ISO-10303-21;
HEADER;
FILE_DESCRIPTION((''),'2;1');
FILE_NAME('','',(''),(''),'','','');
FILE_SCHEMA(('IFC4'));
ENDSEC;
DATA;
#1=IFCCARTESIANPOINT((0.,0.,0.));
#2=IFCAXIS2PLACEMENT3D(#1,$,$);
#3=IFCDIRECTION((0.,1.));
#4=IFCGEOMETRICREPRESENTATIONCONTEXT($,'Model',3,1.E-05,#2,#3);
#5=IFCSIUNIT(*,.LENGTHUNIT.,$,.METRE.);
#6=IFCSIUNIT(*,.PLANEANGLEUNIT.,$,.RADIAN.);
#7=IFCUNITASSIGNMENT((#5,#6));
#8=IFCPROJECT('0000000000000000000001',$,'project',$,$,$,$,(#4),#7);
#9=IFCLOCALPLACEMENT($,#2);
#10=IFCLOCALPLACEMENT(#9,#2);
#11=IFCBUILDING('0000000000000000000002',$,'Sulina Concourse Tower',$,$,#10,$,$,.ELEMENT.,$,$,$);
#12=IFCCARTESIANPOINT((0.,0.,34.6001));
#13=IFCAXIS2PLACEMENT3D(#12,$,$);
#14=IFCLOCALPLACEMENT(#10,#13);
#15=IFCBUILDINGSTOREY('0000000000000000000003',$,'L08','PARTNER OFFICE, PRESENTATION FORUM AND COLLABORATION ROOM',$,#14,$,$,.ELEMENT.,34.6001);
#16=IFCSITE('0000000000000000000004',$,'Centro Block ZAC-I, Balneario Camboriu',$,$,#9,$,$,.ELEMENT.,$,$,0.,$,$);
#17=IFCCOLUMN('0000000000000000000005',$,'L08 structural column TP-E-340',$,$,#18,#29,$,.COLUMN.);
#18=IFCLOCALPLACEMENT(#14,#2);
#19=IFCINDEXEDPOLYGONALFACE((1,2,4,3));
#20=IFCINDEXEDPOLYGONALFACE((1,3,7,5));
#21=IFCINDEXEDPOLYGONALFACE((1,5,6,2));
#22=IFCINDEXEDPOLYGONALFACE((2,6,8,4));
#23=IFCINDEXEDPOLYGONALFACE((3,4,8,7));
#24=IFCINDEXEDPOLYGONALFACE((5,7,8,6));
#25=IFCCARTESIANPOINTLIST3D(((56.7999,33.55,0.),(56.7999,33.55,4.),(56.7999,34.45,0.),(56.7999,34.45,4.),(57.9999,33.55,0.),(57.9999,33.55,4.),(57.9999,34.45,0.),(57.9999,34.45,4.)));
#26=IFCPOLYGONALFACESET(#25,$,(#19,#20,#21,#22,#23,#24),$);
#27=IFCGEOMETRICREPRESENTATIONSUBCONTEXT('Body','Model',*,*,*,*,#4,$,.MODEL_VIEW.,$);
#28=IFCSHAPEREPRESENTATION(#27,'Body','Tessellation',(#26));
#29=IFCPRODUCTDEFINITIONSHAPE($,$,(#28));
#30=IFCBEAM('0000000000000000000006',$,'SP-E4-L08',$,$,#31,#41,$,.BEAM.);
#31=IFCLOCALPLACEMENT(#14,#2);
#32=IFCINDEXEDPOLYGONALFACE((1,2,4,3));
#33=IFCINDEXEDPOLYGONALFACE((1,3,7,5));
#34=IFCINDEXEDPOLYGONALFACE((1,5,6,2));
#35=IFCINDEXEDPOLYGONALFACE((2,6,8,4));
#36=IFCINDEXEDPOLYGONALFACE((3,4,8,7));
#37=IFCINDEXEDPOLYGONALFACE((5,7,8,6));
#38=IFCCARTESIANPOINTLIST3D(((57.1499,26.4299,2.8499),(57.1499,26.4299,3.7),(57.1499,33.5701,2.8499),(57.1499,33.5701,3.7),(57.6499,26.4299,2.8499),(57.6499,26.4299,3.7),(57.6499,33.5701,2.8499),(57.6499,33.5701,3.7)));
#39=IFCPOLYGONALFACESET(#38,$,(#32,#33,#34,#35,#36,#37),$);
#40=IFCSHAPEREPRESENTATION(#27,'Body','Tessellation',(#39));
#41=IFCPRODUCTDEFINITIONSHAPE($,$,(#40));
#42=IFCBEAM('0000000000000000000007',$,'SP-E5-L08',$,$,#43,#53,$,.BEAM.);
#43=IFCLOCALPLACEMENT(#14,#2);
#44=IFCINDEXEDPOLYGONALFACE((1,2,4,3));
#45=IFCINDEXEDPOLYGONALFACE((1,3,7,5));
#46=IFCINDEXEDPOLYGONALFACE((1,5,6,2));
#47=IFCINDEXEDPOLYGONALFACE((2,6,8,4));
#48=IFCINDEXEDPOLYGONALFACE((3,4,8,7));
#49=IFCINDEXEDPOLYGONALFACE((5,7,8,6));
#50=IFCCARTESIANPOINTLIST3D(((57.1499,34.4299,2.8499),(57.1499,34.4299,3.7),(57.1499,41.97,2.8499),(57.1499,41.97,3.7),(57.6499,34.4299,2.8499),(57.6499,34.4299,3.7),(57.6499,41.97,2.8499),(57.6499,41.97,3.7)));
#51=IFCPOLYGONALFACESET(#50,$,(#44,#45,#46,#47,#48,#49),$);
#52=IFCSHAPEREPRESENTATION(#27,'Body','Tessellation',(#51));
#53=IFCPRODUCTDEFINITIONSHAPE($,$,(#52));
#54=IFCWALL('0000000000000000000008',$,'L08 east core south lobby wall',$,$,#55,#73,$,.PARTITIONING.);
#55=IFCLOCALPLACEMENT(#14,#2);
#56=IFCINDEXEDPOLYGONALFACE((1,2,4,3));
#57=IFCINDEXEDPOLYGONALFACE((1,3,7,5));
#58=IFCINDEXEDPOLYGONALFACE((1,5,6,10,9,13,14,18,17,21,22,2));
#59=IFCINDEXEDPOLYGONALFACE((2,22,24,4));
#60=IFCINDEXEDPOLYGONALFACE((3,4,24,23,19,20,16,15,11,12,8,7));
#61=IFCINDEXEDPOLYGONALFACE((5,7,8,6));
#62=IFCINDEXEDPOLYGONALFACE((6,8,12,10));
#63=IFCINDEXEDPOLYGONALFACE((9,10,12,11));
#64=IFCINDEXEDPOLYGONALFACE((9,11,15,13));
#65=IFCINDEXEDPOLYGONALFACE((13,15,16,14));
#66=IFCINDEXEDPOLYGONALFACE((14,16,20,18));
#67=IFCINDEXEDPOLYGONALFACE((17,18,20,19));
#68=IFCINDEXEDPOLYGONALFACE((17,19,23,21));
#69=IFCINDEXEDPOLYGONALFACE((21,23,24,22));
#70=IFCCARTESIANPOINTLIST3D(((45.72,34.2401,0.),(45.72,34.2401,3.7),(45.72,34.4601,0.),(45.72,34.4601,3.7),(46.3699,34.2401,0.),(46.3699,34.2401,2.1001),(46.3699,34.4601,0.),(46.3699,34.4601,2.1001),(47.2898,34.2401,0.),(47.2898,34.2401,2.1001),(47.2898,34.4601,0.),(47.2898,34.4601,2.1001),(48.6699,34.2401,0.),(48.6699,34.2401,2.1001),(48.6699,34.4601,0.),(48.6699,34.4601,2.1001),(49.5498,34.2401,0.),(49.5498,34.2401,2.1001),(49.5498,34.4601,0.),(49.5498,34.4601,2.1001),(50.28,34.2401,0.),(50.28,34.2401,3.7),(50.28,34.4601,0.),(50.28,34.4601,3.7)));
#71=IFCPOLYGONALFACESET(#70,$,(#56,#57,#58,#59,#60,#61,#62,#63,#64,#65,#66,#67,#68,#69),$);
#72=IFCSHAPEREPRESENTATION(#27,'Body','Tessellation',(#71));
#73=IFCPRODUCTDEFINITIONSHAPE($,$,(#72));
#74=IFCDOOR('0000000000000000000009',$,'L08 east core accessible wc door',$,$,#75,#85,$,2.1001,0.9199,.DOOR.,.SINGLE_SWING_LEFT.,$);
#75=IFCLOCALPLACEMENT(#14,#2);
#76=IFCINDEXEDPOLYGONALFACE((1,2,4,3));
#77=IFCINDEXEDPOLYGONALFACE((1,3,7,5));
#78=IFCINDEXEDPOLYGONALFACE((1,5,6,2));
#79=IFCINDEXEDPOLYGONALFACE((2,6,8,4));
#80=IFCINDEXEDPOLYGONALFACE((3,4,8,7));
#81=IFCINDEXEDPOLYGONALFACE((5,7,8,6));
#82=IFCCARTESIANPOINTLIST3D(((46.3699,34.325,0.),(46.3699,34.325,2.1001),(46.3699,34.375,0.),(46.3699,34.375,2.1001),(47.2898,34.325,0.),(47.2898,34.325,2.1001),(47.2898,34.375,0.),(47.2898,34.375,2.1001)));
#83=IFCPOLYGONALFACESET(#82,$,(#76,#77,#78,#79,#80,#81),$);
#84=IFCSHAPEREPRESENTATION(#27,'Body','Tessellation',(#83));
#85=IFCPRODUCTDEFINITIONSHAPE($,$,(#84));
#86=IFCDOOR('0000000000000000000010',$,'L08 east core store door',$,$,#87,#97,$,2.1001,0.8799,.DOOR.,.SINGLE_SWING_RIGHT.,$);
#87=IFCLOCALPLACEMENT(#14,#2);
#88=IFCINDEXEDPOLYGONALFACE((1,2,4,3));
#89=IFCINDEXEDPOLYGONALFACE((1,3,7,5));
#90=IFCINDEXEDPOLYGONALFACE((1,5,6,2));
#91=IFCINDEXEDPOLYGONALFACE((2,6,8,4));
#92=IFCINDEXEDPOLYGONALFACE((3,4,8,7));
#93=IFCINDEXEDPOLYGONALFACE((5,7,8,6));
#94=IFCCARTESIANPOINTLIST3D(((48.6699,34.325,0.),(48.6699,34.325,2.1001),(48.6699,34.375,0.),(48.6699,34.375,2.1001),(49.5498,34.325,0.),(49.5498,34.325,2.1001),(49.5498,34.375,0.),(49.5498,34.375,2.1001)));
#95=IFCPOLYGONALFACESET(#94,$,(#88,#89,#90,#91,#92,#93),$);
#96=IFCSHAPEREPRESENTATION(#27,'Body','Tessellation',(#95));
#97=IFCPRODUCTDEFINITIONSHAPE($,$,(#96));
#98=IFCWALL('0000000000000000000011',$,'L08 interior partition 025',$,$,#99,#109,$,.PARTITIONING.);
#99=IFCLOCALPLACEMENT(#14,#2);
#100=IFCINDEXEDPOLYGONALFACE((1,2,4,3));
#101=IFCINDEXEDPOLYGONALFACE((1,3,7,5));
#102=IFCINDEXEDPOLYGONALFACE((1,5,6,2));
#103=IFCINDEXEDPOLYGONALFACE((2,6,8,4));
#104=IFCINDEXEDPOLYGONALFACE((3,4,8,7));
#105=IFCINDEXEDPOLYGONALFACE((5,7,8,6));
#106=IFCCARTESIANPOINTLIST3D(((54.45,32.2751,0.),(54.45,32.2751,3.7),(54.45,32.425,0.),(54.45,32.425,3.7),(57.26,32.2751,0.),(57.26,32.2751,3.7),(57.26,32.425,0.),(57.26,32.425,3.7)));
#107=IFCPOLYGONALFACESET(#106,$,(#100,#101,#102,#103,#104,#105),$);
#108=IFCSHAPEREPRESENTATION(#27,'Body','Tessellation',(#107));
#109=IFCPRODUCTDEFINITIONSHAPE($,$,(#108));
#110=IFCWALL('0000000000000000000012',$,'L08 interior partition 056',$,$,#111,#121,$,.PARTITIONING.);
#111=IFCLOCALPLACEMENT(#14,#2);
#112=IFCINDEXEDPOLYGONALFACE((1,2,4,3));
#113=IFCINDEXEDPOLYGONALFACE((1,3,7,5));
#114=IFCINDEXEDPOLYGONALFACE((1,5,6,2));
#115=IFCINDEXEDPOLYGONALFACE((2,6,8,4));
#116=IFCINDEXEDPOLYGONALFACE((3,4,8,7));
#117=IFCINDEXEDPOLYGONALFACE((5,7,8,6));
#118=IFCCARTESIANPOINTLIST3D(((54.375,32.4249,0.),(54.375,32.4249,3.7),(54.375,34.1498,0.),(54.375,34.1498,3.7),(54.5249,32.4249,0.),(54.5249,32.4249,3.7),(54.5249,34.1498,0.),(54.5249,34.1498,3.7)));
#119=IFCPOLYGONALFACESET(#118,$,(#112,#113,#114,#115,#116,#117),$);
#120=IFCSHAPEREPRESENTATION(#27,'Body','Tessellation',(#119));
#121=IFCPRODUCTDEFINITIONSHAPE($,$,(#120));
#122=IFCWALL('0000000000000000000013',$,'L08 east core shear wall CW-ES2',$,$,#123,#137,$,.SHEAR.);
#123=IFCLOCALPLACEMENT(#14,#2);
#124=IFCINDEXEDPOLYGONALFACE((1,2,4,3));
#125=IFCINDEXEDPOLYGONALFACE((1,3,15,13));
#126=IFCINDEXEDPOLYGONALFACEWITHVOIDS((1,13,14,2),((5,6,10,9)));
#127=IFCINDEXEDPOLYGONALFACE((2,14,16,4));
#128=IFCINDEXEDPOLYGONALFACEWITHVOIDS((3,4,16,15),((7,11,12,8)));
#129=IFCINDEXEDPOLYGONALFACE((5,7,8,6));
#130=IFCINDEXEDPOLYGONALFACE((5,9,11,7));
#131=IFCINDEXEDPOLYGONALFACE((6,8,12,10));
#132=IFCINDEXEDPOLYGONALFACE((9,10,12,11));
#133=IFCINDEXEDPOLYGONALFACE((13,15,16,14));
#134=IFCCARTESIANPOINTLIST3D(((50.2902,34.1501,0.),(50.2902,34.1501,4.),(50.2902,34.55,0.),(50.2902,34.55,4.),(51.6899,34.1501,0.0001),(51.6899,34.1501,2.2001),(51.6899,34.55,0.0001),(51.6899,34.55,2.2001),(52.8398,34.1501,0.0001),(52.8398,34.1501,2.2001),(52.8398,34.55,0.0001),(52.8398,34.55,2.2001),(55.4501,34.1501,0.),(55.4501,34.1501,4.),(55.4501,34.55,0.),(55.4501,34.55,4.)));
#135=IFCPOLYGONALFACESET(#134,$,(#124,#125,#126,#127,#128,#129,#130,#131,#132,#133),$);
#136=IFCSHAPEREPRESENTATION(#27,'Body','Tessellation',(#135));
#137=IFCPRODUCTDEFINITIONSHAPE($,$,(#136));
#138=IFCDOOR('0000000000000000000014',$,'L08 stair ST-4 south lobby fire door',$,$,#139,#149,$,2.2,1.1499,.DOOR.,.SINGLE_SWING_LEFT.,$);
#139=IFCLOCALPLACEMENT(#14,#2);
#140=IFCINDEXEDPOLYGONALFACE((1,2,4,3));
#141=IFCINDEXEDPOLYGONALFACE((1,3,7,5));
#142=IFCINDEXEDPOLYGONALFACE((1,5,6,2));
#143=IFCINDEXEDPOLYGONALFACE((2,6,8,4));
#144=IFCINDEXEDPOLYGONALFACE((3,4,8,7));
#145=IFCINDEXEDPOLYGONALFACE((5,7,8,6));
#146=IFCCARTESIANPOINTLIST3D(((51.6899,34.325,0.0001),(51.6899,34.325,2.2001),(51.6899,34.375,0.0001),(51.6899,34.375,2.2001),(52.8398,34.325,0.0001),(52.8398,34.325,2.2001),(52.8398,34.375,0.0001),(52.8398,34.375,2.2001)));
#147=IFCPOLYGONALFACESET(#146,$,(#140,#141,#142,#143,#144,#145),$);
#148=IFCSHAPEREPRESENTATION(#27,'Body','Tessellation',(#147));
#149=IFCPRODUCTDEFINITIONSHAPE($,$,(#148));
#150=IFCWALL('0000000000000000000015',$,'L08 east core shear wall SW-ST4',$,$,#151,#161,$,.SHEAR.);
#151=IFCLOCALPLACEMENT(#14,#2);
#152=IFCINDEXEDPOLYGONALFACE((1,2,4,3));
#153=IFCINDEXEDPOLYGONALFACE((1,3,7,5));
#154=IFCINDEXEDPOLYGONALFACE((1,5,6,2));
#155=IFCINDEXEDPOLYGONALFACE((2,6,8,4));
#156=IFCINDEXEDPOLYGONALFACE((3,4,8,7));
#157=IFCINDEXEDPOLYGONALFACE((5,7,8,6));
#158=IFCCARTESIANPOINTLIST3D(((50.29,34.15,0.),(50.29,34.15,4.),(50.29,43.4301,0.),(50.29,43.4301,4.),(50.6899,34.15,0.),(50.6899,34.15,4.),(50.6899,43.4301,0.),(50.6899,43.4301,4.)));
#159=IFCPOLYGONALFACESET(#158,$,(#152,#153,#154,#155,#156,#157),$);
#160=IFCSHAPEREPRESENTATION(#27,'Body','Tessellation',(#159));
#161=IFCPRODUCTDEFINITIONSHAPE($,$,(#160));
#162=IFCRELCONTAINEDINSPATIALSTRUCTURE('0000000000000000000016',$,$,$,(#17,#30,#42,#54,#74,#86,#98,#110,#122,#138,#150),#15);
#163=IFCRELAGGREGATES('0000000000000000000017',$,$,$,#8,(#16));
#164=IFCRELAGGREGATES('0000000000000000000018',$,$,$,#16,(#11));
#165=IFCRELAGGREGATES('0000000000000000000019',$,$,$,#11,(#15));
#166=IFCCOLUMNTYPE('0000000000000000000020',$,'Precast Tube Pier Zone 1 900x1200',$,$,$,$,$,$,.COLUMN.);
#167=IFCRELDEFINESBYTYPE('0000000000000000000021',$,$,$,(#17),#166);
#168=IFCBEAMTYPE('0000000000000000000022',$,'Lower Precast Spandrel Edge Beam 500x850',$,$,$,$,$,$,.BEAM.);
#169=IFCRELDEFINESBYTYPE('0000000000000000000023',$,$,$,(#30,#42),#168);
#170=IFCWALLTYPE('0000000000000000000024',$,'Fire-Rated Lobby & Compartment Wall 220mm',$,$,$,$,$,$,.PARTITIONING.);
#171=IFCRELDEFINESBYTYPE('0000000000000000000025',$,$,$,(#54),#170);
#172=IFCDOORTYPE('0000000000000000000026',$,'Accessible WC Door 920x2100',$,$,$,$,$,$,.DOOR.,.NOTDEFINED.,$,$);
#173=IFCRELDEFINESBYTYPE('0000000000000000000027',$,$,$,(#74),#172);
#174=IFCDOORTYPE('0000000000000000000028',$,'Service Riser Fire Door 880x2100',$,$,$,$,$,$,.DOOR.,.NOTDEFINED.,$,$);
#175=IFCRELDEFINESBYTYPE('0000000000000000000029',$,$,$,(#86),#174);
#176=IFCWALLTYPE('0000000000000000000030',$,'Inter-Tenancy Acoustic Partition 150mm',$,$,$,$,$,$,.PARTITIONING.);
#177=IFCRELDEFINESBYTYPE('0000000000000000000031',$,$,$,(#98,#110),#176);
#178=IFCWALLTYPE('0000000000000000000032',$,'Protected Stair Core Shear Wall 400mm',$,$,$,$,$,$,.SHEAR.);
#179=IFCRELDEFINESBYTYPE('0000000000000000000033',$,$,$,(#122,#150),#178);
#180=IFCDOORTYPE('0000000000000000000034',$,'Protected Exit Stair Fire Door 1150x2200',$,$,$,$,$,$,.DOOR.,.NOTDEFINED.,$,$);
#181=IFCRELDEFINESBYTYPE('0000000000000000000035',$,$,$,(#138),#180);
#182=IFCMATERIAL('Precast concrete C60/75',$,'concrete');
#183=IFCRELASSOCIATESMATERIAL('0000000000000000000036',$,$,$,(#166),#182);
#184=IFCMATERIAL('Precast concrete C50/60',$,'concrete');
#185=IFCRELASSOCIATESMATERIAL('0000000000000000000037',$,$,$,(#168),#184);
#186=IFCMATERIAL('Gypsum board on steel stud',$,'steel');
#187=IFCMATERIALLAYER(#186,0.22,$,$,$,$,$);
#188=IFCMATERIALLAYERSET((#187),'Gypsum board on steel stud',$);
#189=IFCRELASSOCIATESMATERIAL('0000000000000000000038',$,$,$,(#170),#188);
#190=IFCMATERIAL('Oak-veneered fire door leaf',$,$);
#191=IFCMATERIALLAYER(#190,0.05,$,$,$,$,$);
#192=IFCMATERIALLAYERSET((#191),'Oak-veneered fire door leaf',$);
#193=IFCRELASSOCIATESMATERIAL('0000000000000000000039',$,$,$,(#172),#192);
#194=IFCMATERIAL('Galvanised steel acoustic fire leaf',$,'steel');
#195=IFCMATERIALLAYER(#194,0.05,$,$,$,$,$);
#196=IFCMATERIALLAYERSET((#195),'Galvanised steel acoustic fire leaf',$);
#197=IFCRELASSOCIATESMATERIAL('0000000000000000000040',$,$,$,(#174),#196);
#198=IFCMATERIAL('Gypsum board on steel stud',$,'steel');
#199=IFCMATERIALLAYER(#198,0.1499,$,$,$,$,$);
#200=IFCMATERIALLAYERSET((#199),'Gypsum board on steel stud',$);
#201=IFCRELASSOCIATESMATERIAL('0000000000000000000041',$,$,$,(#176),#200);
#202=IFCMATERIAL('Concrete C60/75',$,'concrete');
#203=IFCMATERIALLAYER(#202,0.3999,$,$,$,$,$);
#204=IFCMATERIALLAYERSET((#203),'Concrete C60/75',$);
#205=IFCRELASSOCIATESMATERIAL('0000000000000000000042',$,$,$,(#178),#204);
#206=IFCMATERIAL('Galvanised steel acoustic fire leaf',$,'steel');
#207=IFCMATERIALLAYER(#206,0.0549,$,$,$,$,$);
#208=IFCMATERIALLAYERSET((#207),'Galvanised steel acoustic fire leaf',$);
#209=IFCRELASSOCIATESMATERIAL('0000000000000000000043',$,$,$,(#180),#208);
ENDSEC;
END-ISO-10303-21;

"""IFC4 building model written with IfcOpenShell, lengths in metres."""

from ifc_helpers import new_model, si_unit, direction, frame, frame_2d, origin, origin_2d, place, context, subcontext, project, spatial, rectangle, extrude, material, layer, layer_set, material_profile, profile_set, type_object, element, fill, save


model = new_model("IFC4")

# Units and contexts
model_context = context("Model", 3, precision=1e-05, world=origin(), true_north=direction((0.0, 1.0)))
body_context = subcontext(model_context, "Body", "Model", "MODEL_VIEW")
ifc_project = project(units=[si_unit("LENGTHUNIT", "METRE"), si_unit("PLANEANGLEUNIT", "RADIAN")], contexts=[model_context])

# Site, building, storey
site_placement = place(None, origin())
site = spatial("IfcSite", under=ifc_project, at=site_placement, Name="Centro Block ZAC-I, Balneario Camboriu", CompositionType="ELEMENT", RefElevation=0.0)
building_placement = place(site_placement, origin())
building = spatial("IfcBuilding", under=site, at=building_placement, Name="Sulina Concourse Tower", CompositionType="ELEMENT")
storey_placement = place(building_placement, frame((0.0, 0.0, 34.6001)))
storey = spatial("IfcBuildingStorey", under=building, at=storey_placement, Name="L08", Description="PARTNER OFFICE, PRESENTATION FORUM AND COLLABORATION ROOM", CompositionType="ELEMENT", Elevation=34.6001)

# Column
ifc_material_1 = material(Name="Precast concrete C60/75", Category="concrete")
ifc_material_profile_1 = material_profile(ifc_material_1, rectangle(XDim=0.8999, YDim=1.2, at=origin_2d()), Name="PC 900x1200")
ifc_profile_set_1 = profile_set([ifc_material_profile_1], Name="Precast concrete C60/75")
column_type = type_object("IfcColumnType", Name="Precast Tube Pier Zone 1 900x1200", PredefinedType="COLUMN", material=ifc_profile_set_1)
column_placement = place(storey_placement, frame((57.3999, 34.0, 0.0), z_axis=(0.0, 0.0, 1.0), x_axis=(0.0, 1.0, 0.0)))
element("IfcColumn", 1, at=column_placement, inside=storey, type_object=column_type, Name="L08 structural column TP-E-340", PredefinedType="COLUMN", context=body_context, shape_type="SweptSolid", body=[
    extrude(rectangle(XDim=0.8999, YDim=1.2, at=origin_2d()), origin(), (0.0, 0.0, 1.0), 4.0),
])

# Beams
ifc_material_2 = material(Name="Precast concrete C50/60", Category="concrete")
ifc_material_profile_2 = material_profile(ifc_material_2, rectangle(XDim=0.5, YDim=0.8501, at=origin_2d()), Name="RC 500x850")
ifc_profile_set_2 = profile_set([ifc_material_profile_2], Name="Precast concrete C50/60")
beam_type = type_object("IfcBeamType", Name="Lower Precast Spandrel Edge Beam 500x850", PredefinedType="BEAM", material=ifc_profile_set_2)
beam_1_placement = place(storey_placement, frame((57.3999, 26.4299, 3.2749), z_axis=(0.0, 1.0, 0.0), x_axis=(-1.0, 0.0, 0.0)))
element("IfcBeam", 2, at=beam_1_placement, inside=storey, type_object=beam_type, Name="SP-E4-L08", PredefinedType="BEAM", context=body_context, shape_type="SweptSolid", body=[
    extrude(rectangle(XDim=0.5, YDim=0.8501, at=origin_2d()), origin(), (0.0, 0.0, 1.0), 7.1401),
])
beam_2_placement = place(storey_placement, frame((57.3999, 34.4299, 3.2749), z_axis=(0.0, 1.0, 0.0), x_axis=(-1.0, 0.0, 0.0)))
element("IfcBeam", 3, at=beam_2_placement, inside=storey, type_object=beam_type, Name="SP-E5-L08", PredefinedType="BEAM", context=body_context, shape_type="SweptSolid", body=[
    extrude(rectangle(XDim=0.5, YDim=0.8501, at=origin_2d()), origin(), (0.0, 0.0, 1.0), 7.54),
])

# Wall, openings, doors
ifc_material_3 = material(Name="Gypsum board on steel stud", Category="steel")
ifc_layer_1 = layer(ifc_material_3, 0.22)
ifc_layer_set_1 = layer_set([ifc_layer_1], Name="Gypsum board on steel stud")
wall_type_1 = type_object("IfcWallType", Name="Fire-Rated Lobby & Compartment Wall 220mm", PredefinedType="PARTITIONING", material=ifc_layer_set_1)
wall_1_placement = place(storey_placement, frame((45.72, 34.3501, 0.0), z_axis=(0.0, 0.0, 1.0), x_axis=(1.0, 0.0, 0.0)))
wall_1 = element("IfcWall", 4, at=wall_1_placement, inside=storey, type_object=wall_type_1, Name="L08 east core south lobby wall", PredefinedType="PARTITIONING", context=body_context, shape_type="SweptSolid", body=[
    extrude(rectangle(XDim=4.5601, YDim=0.22, at=frame_2d((2.28, 0.0))), origin(), (0.0, 0.0, 1.0), 3.7),
])
opening_1_placement = place(wall_1_placement, frame((0.6499, 0.0, 0.0)))
opening_1 = element("IfcOpeningElement", 5, at=opening_1_placement, cuts=wall_1, PredefinedType="OPENING", context=body_context, shape_type="SweptSolid", body=[
    extrude(rectangle(XDim=0.9199, YDim=2.1001, at=frame_2d((0.46, 1.05))), frame((0.0, 0.1199, 0.0), z_axis=(0.0, -1.0, 0.0), x_axis=(1.0, 0.0, 0.0)), (0.0, 0.0, 1.0), 0.24),
])
opening_2_placement = place(wall_1_placement, frame((2.95, 0.0, 0.0)))
opening_2 = element("IfcOpeningElement", 6, at=opening_2_placement, cuts=wall_1, PredefinedType="OPENING", context=body_context, shape_type="SweptSolid", body=[
    extrude(rectangle(XDim=0.8799, YDim=2.1001, at=frame_2d((0.4399, 1.05))), frame((0.0, 0.1199, 0.0), z_axis=(0.0, -1.0, 0.0), x_axis=(1.0, 0.0, 0.0)), (0.0, 0.0, 1.0), 0.24),
])
ifc_material_4 = material(Name="Oak-veneered fire door leaf")
ifc_layer_2 = layer(ifc_material_4, 0.05)
ifc_layer_set_2 = layer_set([ifc_layer_2], Name="Oak-veneered fire door leaf")
door_type_1 = type_object("IfcDoorType", Name="Accessible WC Door 920x2100", OperationType="NOTDEFINED", PredefinedType="DOOR", material=ifc_layer_set_2)
door_1_placement = place(opening_1_placement, origin())
door_1 = element("IfcDoor", 7, at=door_1_placement, inside=storey, type_object=door_type_1, Name="L08 east core accessible wc door", OperationType="SINGLE_SWING_LEFT", OverallHeight=2.1001, OverallWidth=0.9199, PredefinedType="DOOR", context=body_context, shape_type="SweptSolid", body=[
    extrude(rectangle(XDim=0.9199, YDim=2.1001, at=frame_2d((0.46, 1.05))), frame((0.0, 0.0249, 0.0), z_axis=(0.0, -1.0, 0.0), x_axis=(1.0, 0.0, 0.0)), (0.0, 0.0, 1.0), 0.05),
])
fill(opening_1, door_1)
ifc_material_5 = material(Name="Galvanised steel acoustic fire leaf", Category="steel")
ifc_layer_3 = layer(ifc_material_5, 0.05)
ifc_layer_set_3 = layer_set([ifc_layer_3], Name="Galvanised steel acoustic fire leaf")
door_type_2 = type_object("IfcDoorType", Name="Service Riser Fire Door 880x2100", OperationType="NOTDEFINED", PredefinedType="DOOR", material=ifc_layer_set_3)
door_2_placement = place(opening_2_placement, origin())
door_2 = element("IfcDoor", 8, at=door_2_placement, inside=storey, type_object=door_type_2, Name="L08 east core store door", OperationType="SINGLE_SWING_RIGHT", OverallHeight=2.1001, OverallWidth=0.8799, PredefinedType="DOOR", context=body_context, shape_type="SweptSolid", body=[
    extrude(rectangle(XDim=0.8799, YDim=2.1001, at=frame_2d((0.4399, 1.05))), frame((0.0, 0.0249, 0.0), z_axis=(0.0, -1.0, 0.0), x_axis=(1.0, 0.0, 0.0)), (0.0, 0.0, 1.0), 0.05),
])
fill(opening_2, door_2)

# Shared definitions
ifc_material_6 = material(Name="Gypsum board on steel stud", Category="steel")
ifc_layer_4 = layer(ifc_material_6, 0.1499)
ifc_layer_set_4 = layer_set([ifc_layer_4], Name="Gypsum board on steel stud")
wall_type_2 = type_object("IfcWallType", Name="Inter-Tenancy Acoustic Partition 150mm", PredefinedType="PARTITIONING", material=ifc_layer_set_4)

# Walls
wall_2_placement = place(storey_placement, frame((54.45, 32.3501, 0.0), z_axis=(0.0, 0.0, 1.0), x_axis=(1.0, 0.0, 0.0)))
element("IfcWall", 9, at=wall_2_placement, inside=storey, type_object=wall_type_2, Name="L08 interior partition 025", PredefinedType="PARTITIONING", context=body_context, shape_type="SweptSolid", body=[
    extrude(rectangle(XDim=2.8101, YDim=0.1499, at=frame_2d((1.405, 0.0))), origin(), (0.0, 0.0, 1.0), 3.7),
])
wall_3_placement = place(storey_placement, frame((54.45, 32.425, 0.0), z_axis=(0.0, 0.0, 1.0), x_axis=(0.0, 1.0, 0.0)))
element("IfcWall", 10, at=wall_3_placement, inside=storey, type_object=wall_type_2, Name="L08 interior partition 056", PredefinedType="PARTITIONING", context=body_context, shape_type="SweptSolid", body=[
    extrude(rectangle(XDim=1.7249, YDim=0.1499, at=frame_2d((0.8623, 0.0))), origin(), (0.0, 0.0, 1.0), 3.7),
])

# Wall, opening, door
ifc_material_7 = material(Name="Concrete C60/75", Category="concrete")
ifc_layer_5 = layer(ifc_material_7, 0.3999)
ifc_layer_set_5 = layer_set([ifc_layer_5], Name="Concrete C60/75")
wall_type_3 = type_object("IfcWallType", Name="Protected Stair Core Shear Wall 400mm", PredefinedType="SHEAR", material=ifc_layer_set_5)
wall_4_placement = place(storey_placement, frame((50.29, 34.3501, 0.0), z_axis=(0.0, 0.0, 1.0), x_axis=(1.0, 0.0, 0.0)))
wall_4 = element("IfcWall", 11, at=wall_4_placement, inside=storey, type_object=wall_type_3, Name="L08 east core shear wall CW-ES2", PredefinedType="SHEAR", context=body_context, shape_type="SweptSolid", body=[
    extrude(rectangle(XDim=5.1599, YDim=0.3999, at=frame_2d((2.5801, 0.0))), origin(), (0.0, 0.0, 1.0), 4.0),
])
opening_3_placement = place(wall_4_placement, frame((1.3999, 0.0, 0.0)))
opening_3 = element("IfcOpeningElement", 12, at=opening_3_placement, cuts=wall_4, PredefinedType="OPENING", context=body_context, shape_type="SweptSolid", body=[
    extrude(rectangle(XDim=1.1499, YDim=2.2, at=frame_2d((0.575, 1.1001))), frame((0.0, 0.21, 0.0), z_axis=(0.0, -1.0, 0.0), x_axis=(1.0, 0.0, 0.0)), (0.0, 0.0, 1.0), 0.4199),
])
ifc_material_8 = material(Name="Galvanised steel acoustic fire leaf", Category="steel")
ifc_layer_6 = layer(ifc_material_8, 0.0549)
ifc_layer_set_6 = layer_set([ifc_layer_6], Name="Galvanised steel acoustic fire leaf")
door_type_3 = type_object("IfcDoorType", Name="Protected Exit Stair Fire Door 1150x2200", OperationType="NOTDEFINED", PredefinedType="DOOR", material=ifc_layer_set_6)
door_3_placement = place(opening_3_placement, origin())
door_3 = element("IfcDoor", 13, at=door_3_placement, inside=storey, type_object=door_type_3, Name="L08 stair ST-4 south lobby fire door", OperationType="SINGLE_SWING_LEFT", OverallHeight=2.2, OverallWidth=1.1499, PredefinedType="DOOR", context=body_context, shape_type="SweptSolid", body=[
    extrude(rectangle(XDim=1.1499, YDim=2.2, at=frame_2d((0.575, 1.1001))), frame((0.0, 0.0249, 0.0), z_axis=(0.0, -1.0, 0.0), x_axis=(1.0, 0.0, 0.0)), (0.0, 0.0, 1.0), 0.05),
])
fill(opening_3, door_3)

# Wall
wall_5_placement = place(storey_placement, frame((50.49, 34.1499, 0.0), z_axis=(0.0, 0.0, 1.0), x_axis=(0.0, 1.0, 0.0)))
element("IfcWall", 14, at=wall_5_placement, inside=storey, type_object=wall_type_3, Name="L08 east core shear wall SW-ST4", PredefinedType="SHEAR", context=body_context, shape_type="SweptSolid", body=[
    extrude(rectangle(XDim=9.28, YDim=0.3999, at=frame_2d((4.6401, 0.0))), origin(), (0.0, 0.0, 1.0), 4.0),
])

save(model, "model.ifc")
